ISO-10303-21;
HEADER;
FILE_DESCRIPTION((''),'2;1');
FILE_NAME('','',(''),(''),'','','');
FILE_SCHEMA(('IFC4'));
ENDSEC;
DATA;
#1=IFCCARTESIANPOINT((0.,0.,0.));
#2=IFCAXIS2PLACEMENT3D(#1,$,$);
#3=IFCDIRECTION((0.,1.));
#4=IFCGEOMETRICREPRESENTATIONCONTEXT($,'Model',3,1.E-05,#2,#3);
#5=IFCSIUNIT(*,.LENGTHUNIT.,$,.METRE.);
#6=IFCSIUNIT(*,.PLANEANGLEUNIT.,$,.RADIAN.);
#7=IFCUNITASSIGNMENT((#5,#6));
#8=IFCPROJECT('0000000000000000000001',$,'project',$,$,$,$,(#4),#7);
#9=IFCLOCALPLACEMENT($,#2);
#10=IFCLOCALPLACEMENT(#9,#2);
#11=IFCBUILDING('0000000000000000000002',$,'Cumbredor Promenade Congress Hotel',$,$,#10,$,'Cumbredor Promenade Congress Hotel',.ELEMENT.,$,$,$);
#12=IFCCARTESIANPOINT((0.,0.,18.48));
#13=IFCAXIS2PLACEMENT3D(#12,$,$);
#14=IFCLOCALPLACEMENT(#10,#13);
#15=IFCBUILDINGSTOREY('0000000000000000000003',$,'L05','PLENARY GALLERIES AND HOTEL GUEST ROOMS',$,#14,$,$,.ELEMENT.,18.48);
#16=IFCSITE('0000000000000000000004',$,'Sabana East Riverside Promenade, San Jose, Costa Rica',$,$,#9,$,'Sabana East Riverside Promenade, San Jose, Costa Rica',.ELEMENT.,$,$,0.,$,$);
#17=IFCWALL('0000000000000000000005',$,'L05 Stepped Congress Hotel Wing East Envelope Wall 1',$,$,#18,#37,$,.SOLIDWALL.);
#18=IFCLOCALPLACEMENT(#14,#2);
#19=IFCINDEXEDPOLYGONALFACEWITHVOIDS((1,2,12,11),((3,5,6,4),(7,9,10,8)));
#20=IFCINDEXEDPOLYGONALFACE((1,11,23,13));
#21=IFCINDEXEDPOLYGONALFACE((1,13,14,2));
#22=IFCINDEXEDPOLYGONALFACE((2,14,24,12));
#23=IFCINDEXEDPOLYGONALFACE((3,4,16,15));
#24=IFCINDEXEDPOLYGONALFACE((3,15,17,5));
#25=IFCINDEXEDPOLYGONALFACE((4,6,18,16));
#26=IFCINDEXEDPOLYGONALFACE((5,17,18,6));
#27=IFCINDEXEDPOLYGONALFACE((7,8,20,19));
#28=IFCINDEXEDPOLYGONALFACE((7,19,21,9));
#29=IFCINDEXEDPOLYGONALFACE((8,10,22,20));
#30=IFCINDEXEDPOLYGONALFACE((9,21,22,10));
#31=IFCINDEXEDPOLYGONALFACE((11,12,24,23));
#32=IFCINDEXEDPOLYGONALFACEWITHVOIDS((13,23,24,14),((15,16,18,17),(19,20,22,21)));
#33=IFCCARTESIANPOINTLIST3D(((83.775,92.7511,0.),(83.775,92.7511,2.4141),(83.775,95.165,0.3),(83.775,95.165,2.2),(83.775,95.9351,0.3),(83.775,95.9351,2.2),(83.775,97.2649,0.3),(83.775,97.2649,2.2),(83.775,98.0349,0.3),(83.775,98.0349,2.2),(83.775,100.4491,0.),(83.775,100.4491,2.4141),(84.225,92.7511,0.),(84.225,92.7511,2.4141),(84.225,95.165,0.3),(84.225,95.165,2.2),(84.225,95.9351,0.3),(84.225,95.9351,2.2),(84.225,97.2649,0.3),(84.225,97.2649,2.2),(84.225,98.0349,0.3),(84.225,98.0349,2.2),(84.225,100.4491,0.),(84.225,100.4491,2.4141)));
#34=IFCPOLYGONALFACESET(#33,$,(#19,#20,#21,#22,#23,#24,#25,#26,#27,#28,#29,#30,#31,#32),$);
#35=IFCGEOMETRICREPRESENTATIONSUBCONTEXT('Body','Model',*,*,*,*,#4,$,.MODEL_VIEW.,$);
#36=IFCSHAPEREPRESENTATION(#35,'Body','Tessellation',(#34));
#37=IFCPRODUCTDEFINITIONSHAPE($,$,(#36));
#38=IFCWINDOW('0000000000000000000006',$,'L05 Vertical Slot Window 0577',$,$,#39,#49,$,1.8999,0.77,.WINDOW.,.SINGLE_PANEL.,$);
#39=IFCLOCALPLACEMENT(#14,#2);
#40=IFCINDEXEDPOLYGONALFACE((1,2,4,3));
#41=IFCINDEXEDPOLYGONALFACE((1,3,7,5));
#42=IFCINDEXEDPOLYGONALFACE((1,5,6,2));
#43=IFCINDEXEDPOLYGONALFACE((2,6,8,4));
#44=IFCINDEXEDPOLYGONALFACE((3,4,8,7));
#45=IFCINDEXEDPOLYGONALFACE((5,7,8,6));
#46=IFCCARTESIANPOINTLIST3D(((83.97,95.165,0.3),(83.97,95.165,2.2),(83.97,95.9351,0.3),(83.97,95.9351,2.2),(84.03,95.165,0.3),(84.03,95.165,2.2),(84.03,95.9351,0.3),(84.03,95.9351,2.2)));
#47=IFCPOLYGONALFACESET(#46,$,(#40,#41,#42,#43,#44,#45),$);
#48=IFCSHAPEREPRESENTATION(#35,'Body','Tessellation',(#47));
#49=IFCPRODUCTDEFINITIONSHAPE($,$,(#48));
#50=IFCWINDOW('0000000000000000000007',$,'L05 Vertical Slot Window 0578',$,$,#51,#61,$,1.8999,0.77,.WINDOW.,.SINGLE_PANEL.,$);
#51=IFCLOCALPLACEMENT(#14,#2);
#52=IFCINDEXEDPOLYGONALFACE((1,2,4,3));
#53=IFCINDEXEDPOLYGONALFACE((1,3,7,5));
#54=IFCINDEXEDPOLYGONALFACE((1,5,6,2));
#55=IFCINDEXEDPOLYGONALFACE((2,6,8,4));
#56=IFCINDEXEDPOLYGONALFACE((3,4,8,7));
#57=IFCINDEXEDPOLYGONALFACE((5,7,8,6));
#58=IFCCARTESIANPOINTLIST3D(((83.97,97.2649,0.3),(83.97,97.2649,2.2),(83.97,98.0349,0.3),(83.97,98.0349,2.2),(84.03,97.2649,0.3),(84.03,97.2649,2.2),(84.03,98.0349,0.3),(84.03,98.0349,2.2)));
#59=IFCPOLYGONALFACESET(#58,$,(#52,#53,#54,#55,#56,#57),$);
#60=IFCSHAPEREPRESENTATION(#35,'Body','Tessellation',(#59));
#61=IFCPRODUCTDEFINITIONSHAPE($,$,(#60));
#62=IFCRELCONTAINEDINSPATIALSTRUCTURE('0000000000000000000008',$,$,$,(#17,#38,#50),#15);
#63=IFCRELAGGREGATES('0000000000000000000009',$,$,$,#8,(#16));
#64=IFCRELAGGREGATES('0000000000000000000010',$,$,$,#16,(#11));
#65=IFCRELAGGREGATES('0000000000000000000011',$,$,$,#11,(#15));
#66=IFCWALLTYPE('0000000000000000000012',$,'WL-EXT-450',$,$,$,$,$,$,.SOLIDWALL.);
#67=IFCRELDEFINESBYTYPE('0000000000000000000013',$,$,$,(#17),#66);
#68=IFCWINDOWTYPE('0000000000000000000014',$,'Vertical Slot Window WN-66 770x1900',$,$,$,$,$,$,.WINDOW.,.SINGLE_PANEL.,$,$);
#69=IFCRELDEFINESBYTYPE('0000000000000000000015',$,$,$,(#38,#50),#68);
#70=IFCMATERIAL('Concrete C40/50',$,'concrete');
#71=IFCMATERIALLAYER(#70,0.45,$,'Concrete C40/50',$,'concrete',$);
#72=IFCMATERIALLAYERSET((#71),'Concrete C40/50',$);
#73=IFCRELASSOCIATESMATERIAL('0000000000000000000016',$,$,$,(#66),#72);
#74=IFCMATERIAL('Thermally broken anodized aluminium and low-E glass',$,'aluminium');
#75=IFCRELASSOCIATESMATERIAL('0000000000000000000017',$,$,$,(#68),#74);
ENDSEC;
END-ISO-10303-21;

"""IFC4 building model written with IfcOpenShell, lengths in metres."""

from ifc_helpers import new_model, si_unit, direction, frame, frame_2d, origin, place, context, subcontext, project, spatial, rectangle, extrude, material, layer, layer_set, type_object, element, fill, save


model = new_model("IFC4")

# Units and contexts
model_context = context("Model", 3, precision=1e-05, world=origin(), true_north=direction((0.0, 1.0)))
body_context = subcontext(model_context, "Body", "Model", "MODEL_VIEW")
ifc_project = project(units=[si_unit("LENGTHUNIT", "METRE"), si_unit("PLANEANGLEUNIT", "RADIAN")], contexts=[model_context])

# Site, building, storey
site_placement = place(None, origin())
site = spatial("IfcSite", under=ifc_project, at=site_placement, Name="Sabana East Riverside Promenade, San Jose, Costa Rica", LongName="Sabana East Riverside Promenade, San Jose, Costa Rica", CompositionType="ELEMENT", RefElevation=0.0)
building_placement = place(site_placement, origin())
building = spatial("IfcBuilding", under=site, at=building_placement, Name="Cumbredor Promenade Congress Hotel", LongName="Cumbredor Promenade Congress Hotel", CompositionType="ELEMENT")
storey_placement = place(building_placement, frame((0.0, 0.0, 18.48)))
storey = spatial("IfcBuildingStorey", under=building, at=storey_placement, Name="L05", Description="PLENARY GALLERIES AND HOTEL GUEST ROOMS", CompositionType="ELEMENT", Elevation=18.48)

# Shared definitions
ifc_material_1 = material(Name="Concrete C40/50", Category="concrete")

# Shared definitions
ifc_material_2 = material(Name="Thermally broken anodized aluminium and low-E glass", Category="aluminium")

# Wall, openings, windows
ifc_layer_1 = layer(ifc_material_1, 0.45, Name="Concrete C40/50", Category="concrete")
ifc_layer_set_1 = layer_set([ifc_layer_1], Name="Concrete C40/50")
wall_type_1 = type_object("IfcWallType", Name="WL-EXT-450", PredefinedType="SOLIDWALL", material=ifc_layer_set_1)
wall_1_placement = place(storey_placement, frame((84.0, 92.751, 0.0), z_axis=(0.0, 0.0, 1.0), x_axis=(0.0, 1.0, 0.0)))
wall_1 = element("IfcWall", 1, at=wall_1_placement, inside=storey, type_object=wall_type_1, Name="L05 Stepped Congress Hotel Wing East Envelope Wall 1", PredefinedType="SOLIDWALL", context=body_context, shape_type="SweptSolid", body=[
    extrude(rectangle(XDim=7.698, YDim=0.45, at=frame_2d((3.8491, 0.0))), origin(), (0.0, 0.0, 1.0), 2.4141),
])
opening_1_placement = place(wall_1_placement, frame((2.4141, 0.0, 0.3)))
opening_1 = element("IfcOpeningElement", 2, at=opening_1_placement, cuts=wall_1, PredefinedType="OPENING", context=body_context, shape_type="SweptSolid", body=[
    extrude(rectangle(XDim=0.77, YDim=1.8999, at=frame_2d((0.385, 0.95))), frame((0.0, 0.2349, 0.0), z_axis=(0.0, -1.0, 0.0), x_axis=(1.0, 0.0, 0.0)), (0.0, 0.0, 1.0), 0.47),
])
opening_2_placement = place(wall_1_placement, frame((4.5139, 0.0, 0.3)))
opening_2 = element("IfcOpeningElement", 3, at=opening_2_placement, cuts=wall_1, PredefinedType="OPENING", context=body_context, shape_type="SweptSolid", body=[
    extrude(rectangle(XDim=0.77, YDim=1.8999, at=frame_2d((0.385, 0.95))), frame((0.0, 0.2349, 0.0), z_axis=(0.0, -1.0, 0.0), x_axis=(1.0, 0.0, 0.0)), (0.0, 0.0, 1.0), 0.47),
])
window_type_1 = type_object("IfcWindowType", Name="Vertical Slot Window WN-66 770x1900", PartitioningType="SINGLE_PANEL", PredefinedType="WINDOW", material=ifc_material_2)
window_1_placement = place(opening_1_placement, origin())
window_1 = element("IfcWindow", 4, at=window_1_placement, inside=storey, type_object=window_type_1, Name="L05 Vertical Slot Window 0577", OverallHeight=1.8999, OverallWidth=0.77, PartitioningType="SINGLE_PANEL", PredefinedType="WINDOW", context=body_context, shape_type="SweptSolid", body=[
    extrude(rectangle(XDim=0.77, YDim=1.8999, at=frame_2d((0.385, 0.95))), frame((0.0, 0.03, 0.0), z_axis=(0.0, -1.0, 0.0), x_axis=(1.0, 0.0, 0.0)), (0.0, 0.0, 1.0), 0.0601),
])
fill(opening_1, window_1)
window_2_placement = place(opening_2_placement, origin())
window_2 = element("IfcWindow", 5, at=window_2_placement, inside=storey, type_object=window_type_1, Name="L05 Vertical Slot Window 0578", OverallHeight=1.8999, OverallWidth=0.77, PartitioningType="SINGLE_PANEL", PredefinedType="WINDOW", context=body_context, shape_type="SweptSolid", body=[
    extrude(rectangle(XDim=0.77, YDim=1.8999, at=frame_2d((0.385, 0.95))), frame((0.0, 0.03, 0.0), z_axis=(0.0, -1.0, 0.0), x_axis=(1.0, 0.0, 0.0)), (0.0, 0.0, 1.0), 0.0601),
])
fill(opening_2, window_2)

save(model, "model.ifc")
